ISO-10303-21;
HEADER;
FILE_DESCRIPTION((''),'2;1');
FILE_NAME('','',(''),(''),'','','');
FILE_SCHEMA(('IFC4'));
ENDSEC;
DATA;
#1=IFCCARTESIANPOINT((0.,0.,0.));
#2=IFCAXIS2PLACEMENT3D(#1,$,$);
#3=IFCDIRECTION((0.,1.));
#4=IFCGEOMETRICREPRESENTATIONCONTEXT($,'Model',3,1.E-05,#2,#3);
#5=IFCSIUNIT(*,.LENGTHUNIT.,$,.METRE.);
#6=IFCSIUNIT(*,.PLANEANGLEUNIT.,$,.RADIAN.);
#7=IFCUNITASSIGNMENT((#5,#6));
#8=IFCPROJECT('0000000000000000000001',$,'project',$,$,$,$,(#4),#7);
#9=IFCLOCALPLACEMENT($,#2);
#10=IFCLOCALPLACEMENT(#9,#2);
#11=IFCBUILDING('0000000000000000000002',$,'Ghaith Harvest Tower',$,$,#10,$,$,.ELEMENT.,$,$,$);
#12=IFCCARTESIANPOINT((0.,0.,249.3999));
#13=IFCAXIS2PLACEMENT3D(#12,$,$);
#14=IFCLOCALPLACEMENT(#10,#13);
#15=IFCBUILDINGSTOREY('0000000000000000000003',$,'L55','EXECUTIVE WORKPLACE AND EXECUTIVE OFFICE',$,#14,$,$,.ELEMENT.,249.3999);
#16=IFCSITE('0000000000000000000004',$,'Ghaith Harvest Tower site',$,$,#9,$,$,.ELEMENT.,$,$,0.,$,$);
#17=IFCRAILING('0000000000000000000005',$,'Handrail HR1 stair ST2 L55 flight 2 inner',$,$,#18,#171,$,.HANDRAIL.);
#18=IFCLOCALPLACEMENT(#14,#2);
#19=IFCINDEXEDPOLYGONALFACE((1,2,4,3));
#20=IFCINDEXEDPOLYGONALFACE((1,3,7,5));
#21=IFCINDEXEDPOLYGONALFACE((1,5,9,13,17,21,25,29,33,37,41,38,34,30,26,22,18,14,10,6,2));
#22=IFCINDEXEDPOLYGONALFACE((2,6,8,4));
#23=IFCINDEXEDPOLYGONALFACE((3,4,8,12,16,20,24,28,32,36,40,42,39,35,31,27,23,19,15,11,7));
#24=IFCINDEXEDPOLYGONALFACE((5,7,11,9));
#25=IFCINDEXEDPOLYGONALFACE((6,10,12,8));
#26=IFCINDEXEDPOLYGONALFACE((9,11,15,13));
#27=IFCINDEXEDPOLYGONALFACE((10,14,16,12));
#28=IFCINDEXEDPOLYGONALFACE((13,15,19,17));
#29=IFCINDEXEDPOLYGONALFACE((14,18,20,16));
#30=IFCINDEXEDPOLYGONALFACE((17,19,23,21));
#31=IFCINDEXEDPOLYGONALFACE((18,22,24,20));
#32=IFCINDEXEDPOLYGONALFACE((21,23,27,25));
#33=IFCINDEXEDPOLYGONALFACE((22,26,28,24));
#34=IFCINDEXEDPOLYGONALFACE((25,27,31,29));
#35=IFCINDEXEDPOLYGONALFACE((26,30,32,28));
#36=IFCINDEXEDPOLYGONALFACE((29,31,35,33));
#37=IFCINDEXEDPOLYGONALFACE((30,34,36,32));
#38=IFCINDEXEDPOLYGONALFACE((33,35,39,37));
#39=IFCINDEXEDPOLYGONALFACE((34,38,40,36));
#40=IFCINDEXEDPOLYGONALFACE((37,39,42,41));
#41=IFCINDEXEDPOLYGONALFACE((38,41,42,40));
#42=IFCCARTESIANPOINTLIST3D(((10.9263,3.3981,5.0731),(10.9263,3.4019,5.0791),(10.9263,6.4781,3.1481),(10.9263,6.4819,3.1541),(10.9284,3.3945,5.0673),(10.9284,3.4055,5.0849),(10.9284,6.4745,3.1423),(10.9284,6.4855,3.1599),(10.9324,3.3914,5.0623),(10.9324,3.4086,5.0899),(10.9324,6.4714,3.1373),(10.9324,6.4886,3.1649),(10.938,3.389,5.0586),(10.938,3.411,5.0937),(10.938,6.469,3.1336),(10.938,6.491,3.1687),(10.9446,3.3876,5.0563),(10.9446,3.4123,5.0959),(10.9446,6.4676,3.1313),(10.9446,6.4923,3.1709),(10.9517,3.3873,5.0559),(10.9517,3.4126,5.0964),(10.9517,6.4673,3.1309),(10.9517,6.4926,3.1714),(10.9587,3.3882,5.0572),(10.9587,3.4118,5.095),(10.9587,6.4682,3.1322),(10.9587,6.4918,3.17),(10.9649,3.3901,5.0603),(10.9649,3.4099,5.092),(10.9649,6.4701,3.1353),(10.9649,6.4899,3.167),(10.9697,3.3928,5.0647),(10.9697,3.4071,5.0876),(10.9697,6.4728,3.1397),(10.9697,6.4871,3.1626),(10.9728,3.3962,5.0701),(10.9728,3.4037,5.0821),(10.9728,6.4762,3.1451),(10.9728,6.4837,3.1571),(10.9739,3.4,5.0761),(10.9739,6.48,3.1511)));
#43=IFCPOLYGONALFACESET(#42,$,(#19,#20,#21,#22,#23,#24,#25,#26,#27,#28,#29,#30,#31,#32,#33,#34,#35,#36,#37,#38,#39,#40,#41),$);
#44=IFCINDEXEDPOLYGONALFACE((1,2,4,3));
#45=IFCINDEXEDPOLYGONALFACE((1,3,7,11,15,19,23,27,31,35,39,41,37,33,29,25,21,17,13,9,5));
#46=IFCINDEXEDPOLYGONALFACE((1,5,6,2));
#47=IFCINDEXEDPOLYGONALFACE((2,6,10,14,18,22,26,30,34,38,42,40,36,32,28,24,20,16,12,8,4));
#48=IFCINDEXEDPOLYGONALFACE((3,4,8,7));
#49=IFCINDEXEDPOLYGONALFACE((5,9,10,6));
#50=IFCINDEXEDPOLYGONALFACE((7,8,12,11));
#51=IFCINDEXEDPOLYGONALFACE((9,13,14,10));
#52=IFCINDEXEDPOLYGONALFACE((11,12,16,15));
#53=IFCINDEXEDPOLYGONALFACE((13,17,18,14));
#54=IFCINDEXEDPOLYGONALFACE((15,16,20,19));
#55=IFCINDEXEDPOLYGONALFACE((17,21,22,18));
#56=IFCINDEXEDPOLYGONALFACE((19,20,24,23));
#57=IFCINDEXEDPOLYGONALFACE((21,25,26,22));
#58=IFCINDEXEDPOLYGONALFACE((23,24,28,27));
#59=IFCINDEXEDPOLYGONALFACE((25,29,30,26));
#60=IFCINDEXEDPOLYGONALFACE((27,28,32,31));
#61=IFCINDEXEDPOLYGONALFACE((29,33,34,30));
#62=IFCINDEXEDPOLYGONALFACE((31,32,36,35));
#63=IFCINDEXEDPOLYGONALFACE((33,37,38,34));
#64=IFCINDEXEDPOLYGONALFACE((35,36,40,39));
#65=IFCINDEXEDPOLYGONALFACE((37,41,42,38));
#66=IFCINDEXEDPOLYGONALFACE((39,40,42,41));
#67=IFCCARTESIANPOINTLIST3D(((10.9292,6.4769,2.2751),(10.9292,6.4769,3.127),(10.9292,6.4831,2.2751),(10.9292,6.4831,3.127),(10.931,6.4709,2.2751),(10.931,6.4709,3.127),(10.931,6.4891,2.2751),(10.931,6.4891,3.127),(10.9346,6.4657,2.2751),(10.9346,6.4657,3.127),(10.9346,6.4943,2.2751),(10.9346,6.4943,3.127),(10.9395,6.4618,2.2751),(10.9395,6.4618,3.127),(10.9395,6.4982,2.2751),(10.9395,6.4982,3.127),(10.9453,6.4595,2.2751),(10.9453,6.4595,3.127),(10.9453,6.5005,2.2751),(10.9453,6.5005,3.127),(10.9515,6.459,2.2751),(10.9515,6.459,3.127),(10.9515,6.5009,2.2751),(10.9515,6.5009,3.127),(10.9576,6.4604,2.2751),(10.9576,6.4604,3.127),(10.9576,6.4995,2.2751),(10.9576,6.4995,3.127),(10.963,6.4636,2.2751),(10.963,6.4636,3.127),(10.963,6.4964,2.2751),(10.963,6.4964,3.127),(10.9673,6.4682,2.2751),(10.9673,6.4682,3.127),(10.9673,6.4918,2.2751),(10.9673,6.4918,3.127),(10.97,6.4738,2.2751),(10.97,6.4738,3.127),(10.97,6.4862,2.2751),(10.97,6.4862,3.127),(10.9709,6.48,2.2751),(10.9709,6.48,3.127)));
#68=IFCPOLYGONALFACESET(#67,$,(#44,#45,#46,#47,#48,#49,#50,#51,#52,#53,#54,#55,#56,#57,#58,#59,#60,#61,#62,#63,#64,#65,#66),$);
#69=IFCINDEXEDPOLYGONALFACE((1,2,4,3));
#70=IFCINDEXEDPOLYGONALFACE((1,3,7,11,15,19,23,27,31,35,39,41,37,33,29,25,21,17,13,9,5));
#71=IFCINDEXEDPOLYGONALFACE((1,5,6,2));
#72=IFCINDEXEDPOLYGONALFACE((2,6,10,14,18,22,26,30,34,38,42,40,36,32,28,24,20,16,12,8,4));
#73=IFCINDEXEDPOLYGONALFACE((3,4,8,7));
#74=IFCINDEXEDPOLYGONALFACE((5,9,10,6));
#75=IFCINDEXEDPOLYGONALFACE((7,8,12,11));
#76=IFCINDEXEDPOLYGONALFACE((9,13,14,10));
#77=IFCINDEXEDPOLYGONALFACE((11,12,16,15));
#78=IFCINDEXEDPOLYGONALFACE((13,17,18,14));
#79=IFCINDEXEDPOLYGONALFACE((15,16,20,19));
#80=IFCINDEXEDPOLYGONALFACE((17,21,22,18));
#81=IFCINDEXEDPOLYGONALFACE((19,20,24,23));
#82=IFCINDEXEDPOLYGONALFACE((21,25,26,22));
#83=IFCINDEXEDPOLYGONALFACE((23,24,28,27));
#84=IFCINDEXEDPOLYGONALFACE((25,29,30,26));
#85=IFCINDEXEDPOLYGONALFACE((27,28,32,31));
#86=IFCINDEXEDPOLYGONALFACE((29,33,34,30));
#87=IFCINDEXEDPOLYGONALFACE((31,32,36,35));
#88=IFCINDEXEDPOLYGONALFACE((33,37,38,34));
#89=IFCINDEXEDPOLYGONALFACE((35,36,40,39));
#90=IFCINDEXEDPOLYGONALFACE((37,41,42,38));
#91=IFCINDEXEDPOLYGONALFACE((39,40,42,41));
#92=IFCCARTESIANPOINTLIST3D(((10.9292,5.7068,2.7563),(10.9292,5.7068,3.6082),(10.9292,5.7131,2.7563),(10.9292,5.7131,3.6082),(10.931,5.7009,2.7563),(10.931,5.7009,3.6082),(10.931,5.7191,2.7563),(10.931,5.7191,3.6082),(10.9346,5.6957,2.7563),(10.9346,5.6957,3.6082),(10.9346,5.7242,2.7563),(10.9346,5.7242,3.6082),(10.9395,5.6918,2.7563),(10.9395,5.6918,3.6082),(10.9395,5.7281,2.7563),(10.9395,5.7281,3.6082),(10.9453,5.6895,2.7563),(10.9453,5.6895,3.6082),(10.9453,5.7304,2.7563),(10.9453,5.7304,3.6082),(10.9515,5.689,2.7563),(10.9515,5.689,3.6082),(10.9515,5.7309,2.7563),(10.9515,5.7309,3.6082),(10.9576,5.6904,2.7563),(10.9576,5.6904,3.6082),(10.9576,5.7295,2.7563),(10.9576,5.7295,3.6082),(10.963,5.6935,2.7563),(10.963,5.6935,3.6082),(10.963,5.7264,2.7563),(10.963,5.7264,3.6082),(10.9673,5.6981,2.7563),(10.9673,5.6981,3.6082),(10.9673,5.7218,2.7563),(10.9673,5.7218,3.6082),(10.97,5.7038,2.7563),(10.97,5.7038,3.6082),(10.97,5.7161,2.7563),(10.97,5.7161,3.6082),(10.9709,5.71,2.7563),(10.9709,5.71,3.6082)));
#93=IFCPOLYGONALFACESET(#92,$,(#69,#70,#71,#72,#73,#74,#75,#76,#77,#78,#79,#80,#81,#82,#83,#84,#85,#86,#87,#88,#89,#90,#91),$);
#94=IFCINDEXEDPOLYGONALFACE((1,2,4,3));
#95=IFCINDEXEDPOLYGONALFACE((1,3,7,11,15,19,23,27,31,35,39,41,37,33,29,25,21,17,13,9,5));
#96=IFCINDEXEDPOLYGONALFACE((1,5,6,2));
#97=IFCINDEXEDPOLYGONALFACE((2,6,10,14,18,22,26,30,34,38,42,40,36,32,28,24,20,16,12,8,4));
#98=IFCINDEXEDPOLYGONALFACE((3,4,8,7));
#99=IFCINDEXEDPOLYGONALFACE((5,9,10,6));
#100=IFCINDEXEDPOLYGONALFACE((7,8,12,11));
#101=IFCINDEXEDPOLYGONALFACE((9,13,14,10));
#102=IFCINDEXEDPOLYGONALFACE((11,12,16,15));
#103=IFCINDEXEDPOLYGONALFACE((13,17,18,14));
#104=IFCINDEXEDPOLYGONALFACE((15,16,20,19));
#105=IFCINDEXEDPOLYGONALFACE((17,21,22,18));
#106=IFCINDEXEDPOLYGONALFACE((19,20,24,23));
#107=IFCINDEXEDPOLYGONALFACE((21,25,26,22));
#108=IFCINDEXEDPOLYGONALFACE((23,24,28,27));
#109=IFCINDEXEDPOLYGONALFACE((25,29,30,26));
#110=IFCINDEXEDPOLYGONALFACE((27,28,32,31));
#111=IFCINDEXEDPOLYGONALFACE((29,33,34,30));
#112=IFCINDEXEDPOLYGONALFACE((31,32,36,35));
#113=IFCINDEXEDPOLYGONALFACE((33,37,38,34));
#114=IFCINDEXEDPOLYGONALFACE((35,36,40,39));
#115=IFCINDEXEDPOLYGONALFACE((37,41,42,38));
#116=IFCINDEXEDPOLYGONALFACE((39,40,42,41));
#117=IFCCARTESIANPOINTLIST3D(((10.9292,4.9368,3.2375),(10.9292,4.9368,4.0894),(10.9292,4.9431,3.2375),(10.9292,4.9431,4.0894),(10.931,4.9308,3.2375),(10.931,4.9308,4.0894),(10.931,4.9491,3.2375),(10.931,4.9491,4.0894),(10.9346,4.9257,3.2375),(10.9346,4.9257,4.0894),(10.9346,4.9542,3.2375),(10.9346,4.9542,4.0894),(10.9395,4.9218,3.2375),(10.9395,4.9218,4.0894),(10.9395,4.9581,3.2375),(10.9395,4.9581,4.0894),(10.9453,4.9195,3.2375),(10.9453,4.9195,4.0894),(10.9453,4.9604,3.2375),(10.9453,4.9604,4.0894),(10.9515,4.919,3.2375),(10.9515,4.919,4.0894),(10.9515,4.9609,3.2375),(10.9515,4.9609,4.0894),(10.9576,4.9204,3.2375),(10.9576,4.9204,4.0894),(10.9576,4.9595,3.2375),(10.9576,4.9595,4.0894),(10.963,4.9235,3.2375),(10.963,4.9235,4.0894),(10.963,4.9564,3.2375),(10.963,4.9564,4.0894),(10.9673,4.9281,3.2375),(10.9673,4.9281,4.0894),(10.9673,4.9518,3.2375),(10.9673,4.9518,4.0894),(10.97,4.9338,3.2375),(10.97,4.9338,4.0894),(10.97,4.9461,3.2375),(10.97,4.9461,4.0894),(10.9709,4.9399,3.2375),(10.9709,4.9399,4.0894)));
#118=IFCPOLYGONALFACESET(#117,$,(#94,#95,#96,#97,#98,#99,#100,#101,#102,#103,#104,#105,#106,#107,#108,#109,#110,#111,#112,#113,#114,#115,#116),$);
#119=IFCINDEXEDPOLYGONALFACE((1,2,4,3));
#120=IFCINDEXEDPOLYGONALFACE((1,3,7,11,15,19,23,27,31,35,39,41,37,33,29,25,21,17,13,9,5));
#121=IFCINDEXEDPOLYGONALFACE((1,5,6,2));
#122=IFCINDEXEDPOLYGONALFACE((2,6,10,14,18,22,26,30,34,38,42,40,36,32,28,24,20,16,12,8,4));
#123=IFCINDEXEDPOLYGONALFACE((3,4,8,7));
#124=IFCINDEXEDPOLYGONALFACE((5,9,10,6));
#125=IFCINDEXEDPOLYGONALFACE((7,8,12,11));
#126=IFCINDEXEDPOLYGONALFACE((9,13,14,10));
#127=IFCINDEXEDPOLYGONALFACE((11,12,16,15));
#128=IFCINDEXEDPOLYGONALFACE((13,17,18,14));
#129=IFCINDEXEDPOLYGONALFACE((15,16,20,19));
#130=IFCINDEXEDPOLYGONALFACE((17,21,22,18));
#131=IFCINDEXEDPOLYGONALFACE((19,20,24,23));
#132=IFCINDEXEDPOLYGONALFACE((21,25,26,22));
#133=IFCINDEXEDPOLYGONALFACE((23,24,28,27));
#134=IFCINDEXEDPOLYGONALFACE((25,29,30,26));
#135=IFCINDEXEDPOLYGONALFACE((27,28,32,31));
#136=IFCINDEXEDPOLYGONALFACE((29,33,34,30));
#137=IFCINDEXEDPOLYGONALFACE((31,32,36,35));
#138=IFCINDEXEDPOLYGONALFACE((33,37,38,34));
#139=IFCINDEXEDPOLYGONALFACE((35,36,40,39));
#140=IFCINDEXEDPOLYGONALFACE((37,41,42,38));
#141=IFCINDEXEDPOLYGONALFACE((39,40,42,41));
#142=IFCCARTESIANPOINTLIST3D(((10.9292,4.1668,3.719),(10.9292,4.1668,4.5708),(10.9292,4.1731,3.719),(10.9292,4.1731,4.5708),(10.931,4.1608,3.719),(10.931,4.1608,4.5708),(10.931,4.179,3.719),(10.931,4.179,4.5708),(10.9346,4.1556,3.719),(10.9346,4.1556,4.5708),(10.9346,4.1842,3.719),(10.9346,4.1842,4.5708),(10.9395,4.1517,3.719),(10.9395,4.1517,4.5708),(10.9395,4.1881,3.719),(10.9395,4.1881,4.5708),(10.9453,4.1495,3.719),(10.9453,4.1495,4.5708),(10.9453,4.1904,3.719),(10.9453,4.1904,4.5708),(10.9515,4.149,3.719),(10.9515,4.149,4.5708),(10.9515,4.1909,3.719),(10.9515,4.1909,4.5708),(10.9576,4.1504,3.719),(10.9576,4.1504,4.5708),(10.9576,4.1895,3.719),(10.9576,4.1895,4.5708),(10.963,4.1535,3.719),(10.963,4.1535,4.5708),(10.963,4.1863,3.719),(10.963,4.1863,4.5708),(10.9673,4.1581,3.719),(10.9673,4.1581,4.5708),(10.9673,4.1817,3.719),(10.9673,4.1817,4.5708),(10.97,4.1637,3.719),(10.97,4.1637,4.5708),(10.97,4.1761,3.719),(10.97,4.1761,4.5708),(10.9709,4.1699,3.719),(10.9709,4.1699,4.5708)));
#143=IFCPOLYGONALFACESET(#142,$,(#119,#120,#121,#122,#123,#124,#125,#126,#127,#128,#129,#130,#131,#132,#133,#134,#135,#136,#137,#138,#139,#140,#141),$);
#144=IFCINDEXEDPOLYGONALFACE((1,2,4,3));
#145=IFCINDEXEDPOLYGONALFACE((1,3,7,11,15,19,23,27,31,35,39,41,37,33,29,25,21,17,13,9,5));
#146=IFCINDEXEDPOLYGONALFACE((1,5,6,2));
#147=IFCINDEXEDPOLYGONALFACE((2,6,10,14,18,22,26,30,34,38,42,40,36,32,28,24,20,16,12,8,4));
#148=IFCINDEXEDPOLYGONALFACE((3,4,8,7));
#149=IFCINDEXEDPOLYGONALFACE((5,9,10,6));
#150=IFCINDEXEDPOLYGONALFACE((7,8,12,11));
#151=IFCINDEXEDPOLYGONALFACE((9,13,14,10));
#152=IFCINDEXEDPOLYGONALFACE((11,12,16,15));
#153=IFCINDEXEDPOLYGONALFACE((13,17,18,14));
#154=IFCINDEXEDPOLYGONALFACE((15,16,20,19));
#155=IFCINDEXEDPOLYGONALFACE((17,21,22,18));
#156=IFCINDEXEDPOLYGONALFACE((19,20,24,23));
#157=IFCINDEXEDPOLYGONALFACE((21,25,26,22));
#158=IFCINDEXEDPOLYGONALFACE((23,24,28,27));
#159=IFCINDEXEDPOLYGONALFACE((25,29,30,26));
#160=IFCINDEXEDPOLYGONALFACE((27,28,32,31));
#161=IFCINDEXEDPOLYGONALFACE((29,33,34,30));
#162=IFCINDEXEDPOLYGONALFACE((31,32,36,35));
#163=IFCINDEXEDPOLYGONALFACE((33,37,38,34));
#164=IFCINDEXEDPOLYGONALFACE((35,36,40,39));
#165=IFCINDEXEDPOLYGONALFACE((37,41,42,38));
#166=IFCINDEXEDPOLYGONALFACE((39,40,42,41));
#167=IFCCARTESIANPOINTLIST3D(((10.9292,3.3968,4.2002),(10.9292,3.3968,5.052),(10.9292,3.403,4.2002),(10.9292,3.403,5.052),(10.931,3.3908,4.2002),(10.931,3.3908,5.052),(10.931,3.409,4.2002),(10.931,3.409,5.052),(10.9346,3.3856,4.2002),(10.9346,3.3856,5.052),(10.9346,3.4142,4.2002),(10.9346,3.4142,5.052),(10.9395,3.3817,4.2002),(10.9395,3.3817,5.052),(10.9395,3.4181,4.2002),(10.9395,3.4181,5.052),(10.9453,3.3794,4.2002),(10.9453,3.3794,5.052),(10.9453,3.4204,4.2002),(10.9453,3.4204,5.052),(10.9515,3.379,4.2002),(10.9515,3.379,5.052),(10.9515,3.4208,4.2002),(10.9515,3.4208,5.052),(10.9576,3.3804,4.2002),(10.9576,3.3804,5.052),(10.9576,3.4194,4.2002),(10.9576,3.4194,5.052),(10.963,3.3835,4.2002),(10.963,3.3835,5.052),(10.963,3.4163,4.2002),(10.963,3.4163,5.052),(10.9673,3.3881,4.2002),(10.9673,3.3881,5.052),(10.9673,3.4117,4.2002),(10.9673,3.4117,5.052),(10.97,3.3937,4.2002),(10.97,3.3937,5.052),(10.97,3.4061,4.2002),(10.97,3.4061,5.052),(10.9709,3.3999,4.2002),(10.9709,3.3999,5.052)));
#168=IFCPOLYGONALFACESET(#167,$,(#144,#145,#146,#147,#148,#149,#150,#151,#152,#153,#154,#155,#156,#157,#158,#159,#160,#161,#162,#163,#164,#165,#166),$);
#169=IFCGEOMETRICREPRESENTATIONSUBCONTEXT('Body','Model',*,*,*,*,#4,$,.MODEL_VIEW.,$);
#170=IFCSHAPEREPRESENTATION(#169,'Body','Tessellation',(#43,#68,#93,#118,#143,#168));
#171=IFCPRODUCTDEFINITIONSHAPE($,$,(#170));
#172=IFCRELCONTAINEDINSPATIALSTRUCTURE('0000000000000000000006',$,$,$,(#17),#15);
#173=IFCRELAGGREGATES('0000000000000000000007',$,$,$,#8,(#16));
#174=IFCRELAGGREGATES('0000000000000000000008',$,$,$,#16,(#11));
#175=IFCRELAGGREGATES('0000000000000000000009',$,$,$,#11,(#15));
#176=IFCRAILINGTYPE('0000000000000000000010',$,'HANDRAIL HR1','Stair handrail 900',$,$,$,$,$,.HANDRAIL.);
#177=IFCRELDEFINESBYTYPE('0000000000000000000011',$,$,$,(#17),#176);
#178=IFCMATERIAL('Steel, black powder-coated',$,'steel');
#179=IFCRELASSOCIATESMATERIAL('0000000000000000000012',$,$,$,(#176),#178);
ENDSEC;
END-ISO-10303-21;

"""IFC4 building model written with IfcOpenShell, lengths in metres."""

from ifc_helpers import new_model, si_unit, direction, frame, origin, origin_2d, place, context, subcontext, project, spatial, circle, extrude, material, type_object, element, save


model = new_model("IFC4")

# Units and contexts
model_context = context("Model", 3, precision=1e-05, world=origin(), true_north=direction((0.0, 1.0)))
body_context = subcontext(model_context, "Body", "Model", "MODEL_VIEW")
ifc_project = project(units=[si_unit("LENGTHUNIT", "METRE"), si_unit("PLANEANGLEUNIT", "RADIAN")], contexts=[model_context])

# Site, building, storey
site_placement = place(None, origin())
site = spatial("IfcSite", under=ifc_project, at=site_placement, Name="Ghaith Harvest Tower site", CompositionType="ELEMENT", RefElevation=0.0)
building_placement = place(site_placement, origin())
building = spatial("IfcBuilding", under=site, at=building_placement, Name="Ghaith Harvest Tower", CompositionType="ELEMENT")
storey_placement = place(building_placement, frame((0.0, 0.0, 249.3999)))
storey = spatial("IfcBuildingStorey", under=building, at=storey_placement, Name="L55", Description="EXECUTIVE WORKPLACE AND EXECUTIVE OFFICE", CompositionType="ELEMENT", Elevation=249.3999)

# Railing
ifc_material_1 = material(Name="Steel, black powder-coated", Category="steel")
railing_type = type_object("IfcRailingType", Name="HANDRAIL HR1", Description="Stair handrail 900", PredefinedType="HANDRAIL", material=ifc_material_1)
railing_1_placement = place(storey_placement, frame((10.95, 6.48, 2.2751)))
element("IfcRailing", 1, at=railing_1_placement, inside=storey, type_object=railing_type, Name="Handrail HR1 stair ST2 L55 flight 2 inner", PredefinedType="HANDRAIL", context=body_context, shape_type="SweptSolid", body=[
    extrude(circle(Radius=0.0239, at=origin_2d()), frame((0.0, 0.0, 0.876), z_axis=(0.0, -0.847998, 0.529999), x_axis=(1.0, 0.0, 0.0)), (0.0, 0.0, 1.0), 3.6321),
    extrude(circle(Radius=0.021, at=origin_2d()), origin(), (0.0, 0.0, 1.0), 0.8518),
    extrude(circle(Radius=0.021, at=origin_2d()), frame((0.0, -0.77, 0.4812)), (0.0, 0.0, 1.0), 0.8518),
    extrude(circle(Radius=0.021, at=origin_2d()), frame((0.0, -1.54, 0.9624)), (0.0, 0.0, 1.0), 0.8518),
    extrude(circle(Radius=0.021, at=origin_2d()), frame((0.0, -2.3101, 1.4438)), (0.0, 0.0, 1.0), 0.8518),
    extrude(circle(Radius=0.021, at=origin_2d()), frame((0.0, -3.0801, 1.925)), (0.0, 0.0, 1.0), 0.8518),
])

save(model, "model.ifc")
